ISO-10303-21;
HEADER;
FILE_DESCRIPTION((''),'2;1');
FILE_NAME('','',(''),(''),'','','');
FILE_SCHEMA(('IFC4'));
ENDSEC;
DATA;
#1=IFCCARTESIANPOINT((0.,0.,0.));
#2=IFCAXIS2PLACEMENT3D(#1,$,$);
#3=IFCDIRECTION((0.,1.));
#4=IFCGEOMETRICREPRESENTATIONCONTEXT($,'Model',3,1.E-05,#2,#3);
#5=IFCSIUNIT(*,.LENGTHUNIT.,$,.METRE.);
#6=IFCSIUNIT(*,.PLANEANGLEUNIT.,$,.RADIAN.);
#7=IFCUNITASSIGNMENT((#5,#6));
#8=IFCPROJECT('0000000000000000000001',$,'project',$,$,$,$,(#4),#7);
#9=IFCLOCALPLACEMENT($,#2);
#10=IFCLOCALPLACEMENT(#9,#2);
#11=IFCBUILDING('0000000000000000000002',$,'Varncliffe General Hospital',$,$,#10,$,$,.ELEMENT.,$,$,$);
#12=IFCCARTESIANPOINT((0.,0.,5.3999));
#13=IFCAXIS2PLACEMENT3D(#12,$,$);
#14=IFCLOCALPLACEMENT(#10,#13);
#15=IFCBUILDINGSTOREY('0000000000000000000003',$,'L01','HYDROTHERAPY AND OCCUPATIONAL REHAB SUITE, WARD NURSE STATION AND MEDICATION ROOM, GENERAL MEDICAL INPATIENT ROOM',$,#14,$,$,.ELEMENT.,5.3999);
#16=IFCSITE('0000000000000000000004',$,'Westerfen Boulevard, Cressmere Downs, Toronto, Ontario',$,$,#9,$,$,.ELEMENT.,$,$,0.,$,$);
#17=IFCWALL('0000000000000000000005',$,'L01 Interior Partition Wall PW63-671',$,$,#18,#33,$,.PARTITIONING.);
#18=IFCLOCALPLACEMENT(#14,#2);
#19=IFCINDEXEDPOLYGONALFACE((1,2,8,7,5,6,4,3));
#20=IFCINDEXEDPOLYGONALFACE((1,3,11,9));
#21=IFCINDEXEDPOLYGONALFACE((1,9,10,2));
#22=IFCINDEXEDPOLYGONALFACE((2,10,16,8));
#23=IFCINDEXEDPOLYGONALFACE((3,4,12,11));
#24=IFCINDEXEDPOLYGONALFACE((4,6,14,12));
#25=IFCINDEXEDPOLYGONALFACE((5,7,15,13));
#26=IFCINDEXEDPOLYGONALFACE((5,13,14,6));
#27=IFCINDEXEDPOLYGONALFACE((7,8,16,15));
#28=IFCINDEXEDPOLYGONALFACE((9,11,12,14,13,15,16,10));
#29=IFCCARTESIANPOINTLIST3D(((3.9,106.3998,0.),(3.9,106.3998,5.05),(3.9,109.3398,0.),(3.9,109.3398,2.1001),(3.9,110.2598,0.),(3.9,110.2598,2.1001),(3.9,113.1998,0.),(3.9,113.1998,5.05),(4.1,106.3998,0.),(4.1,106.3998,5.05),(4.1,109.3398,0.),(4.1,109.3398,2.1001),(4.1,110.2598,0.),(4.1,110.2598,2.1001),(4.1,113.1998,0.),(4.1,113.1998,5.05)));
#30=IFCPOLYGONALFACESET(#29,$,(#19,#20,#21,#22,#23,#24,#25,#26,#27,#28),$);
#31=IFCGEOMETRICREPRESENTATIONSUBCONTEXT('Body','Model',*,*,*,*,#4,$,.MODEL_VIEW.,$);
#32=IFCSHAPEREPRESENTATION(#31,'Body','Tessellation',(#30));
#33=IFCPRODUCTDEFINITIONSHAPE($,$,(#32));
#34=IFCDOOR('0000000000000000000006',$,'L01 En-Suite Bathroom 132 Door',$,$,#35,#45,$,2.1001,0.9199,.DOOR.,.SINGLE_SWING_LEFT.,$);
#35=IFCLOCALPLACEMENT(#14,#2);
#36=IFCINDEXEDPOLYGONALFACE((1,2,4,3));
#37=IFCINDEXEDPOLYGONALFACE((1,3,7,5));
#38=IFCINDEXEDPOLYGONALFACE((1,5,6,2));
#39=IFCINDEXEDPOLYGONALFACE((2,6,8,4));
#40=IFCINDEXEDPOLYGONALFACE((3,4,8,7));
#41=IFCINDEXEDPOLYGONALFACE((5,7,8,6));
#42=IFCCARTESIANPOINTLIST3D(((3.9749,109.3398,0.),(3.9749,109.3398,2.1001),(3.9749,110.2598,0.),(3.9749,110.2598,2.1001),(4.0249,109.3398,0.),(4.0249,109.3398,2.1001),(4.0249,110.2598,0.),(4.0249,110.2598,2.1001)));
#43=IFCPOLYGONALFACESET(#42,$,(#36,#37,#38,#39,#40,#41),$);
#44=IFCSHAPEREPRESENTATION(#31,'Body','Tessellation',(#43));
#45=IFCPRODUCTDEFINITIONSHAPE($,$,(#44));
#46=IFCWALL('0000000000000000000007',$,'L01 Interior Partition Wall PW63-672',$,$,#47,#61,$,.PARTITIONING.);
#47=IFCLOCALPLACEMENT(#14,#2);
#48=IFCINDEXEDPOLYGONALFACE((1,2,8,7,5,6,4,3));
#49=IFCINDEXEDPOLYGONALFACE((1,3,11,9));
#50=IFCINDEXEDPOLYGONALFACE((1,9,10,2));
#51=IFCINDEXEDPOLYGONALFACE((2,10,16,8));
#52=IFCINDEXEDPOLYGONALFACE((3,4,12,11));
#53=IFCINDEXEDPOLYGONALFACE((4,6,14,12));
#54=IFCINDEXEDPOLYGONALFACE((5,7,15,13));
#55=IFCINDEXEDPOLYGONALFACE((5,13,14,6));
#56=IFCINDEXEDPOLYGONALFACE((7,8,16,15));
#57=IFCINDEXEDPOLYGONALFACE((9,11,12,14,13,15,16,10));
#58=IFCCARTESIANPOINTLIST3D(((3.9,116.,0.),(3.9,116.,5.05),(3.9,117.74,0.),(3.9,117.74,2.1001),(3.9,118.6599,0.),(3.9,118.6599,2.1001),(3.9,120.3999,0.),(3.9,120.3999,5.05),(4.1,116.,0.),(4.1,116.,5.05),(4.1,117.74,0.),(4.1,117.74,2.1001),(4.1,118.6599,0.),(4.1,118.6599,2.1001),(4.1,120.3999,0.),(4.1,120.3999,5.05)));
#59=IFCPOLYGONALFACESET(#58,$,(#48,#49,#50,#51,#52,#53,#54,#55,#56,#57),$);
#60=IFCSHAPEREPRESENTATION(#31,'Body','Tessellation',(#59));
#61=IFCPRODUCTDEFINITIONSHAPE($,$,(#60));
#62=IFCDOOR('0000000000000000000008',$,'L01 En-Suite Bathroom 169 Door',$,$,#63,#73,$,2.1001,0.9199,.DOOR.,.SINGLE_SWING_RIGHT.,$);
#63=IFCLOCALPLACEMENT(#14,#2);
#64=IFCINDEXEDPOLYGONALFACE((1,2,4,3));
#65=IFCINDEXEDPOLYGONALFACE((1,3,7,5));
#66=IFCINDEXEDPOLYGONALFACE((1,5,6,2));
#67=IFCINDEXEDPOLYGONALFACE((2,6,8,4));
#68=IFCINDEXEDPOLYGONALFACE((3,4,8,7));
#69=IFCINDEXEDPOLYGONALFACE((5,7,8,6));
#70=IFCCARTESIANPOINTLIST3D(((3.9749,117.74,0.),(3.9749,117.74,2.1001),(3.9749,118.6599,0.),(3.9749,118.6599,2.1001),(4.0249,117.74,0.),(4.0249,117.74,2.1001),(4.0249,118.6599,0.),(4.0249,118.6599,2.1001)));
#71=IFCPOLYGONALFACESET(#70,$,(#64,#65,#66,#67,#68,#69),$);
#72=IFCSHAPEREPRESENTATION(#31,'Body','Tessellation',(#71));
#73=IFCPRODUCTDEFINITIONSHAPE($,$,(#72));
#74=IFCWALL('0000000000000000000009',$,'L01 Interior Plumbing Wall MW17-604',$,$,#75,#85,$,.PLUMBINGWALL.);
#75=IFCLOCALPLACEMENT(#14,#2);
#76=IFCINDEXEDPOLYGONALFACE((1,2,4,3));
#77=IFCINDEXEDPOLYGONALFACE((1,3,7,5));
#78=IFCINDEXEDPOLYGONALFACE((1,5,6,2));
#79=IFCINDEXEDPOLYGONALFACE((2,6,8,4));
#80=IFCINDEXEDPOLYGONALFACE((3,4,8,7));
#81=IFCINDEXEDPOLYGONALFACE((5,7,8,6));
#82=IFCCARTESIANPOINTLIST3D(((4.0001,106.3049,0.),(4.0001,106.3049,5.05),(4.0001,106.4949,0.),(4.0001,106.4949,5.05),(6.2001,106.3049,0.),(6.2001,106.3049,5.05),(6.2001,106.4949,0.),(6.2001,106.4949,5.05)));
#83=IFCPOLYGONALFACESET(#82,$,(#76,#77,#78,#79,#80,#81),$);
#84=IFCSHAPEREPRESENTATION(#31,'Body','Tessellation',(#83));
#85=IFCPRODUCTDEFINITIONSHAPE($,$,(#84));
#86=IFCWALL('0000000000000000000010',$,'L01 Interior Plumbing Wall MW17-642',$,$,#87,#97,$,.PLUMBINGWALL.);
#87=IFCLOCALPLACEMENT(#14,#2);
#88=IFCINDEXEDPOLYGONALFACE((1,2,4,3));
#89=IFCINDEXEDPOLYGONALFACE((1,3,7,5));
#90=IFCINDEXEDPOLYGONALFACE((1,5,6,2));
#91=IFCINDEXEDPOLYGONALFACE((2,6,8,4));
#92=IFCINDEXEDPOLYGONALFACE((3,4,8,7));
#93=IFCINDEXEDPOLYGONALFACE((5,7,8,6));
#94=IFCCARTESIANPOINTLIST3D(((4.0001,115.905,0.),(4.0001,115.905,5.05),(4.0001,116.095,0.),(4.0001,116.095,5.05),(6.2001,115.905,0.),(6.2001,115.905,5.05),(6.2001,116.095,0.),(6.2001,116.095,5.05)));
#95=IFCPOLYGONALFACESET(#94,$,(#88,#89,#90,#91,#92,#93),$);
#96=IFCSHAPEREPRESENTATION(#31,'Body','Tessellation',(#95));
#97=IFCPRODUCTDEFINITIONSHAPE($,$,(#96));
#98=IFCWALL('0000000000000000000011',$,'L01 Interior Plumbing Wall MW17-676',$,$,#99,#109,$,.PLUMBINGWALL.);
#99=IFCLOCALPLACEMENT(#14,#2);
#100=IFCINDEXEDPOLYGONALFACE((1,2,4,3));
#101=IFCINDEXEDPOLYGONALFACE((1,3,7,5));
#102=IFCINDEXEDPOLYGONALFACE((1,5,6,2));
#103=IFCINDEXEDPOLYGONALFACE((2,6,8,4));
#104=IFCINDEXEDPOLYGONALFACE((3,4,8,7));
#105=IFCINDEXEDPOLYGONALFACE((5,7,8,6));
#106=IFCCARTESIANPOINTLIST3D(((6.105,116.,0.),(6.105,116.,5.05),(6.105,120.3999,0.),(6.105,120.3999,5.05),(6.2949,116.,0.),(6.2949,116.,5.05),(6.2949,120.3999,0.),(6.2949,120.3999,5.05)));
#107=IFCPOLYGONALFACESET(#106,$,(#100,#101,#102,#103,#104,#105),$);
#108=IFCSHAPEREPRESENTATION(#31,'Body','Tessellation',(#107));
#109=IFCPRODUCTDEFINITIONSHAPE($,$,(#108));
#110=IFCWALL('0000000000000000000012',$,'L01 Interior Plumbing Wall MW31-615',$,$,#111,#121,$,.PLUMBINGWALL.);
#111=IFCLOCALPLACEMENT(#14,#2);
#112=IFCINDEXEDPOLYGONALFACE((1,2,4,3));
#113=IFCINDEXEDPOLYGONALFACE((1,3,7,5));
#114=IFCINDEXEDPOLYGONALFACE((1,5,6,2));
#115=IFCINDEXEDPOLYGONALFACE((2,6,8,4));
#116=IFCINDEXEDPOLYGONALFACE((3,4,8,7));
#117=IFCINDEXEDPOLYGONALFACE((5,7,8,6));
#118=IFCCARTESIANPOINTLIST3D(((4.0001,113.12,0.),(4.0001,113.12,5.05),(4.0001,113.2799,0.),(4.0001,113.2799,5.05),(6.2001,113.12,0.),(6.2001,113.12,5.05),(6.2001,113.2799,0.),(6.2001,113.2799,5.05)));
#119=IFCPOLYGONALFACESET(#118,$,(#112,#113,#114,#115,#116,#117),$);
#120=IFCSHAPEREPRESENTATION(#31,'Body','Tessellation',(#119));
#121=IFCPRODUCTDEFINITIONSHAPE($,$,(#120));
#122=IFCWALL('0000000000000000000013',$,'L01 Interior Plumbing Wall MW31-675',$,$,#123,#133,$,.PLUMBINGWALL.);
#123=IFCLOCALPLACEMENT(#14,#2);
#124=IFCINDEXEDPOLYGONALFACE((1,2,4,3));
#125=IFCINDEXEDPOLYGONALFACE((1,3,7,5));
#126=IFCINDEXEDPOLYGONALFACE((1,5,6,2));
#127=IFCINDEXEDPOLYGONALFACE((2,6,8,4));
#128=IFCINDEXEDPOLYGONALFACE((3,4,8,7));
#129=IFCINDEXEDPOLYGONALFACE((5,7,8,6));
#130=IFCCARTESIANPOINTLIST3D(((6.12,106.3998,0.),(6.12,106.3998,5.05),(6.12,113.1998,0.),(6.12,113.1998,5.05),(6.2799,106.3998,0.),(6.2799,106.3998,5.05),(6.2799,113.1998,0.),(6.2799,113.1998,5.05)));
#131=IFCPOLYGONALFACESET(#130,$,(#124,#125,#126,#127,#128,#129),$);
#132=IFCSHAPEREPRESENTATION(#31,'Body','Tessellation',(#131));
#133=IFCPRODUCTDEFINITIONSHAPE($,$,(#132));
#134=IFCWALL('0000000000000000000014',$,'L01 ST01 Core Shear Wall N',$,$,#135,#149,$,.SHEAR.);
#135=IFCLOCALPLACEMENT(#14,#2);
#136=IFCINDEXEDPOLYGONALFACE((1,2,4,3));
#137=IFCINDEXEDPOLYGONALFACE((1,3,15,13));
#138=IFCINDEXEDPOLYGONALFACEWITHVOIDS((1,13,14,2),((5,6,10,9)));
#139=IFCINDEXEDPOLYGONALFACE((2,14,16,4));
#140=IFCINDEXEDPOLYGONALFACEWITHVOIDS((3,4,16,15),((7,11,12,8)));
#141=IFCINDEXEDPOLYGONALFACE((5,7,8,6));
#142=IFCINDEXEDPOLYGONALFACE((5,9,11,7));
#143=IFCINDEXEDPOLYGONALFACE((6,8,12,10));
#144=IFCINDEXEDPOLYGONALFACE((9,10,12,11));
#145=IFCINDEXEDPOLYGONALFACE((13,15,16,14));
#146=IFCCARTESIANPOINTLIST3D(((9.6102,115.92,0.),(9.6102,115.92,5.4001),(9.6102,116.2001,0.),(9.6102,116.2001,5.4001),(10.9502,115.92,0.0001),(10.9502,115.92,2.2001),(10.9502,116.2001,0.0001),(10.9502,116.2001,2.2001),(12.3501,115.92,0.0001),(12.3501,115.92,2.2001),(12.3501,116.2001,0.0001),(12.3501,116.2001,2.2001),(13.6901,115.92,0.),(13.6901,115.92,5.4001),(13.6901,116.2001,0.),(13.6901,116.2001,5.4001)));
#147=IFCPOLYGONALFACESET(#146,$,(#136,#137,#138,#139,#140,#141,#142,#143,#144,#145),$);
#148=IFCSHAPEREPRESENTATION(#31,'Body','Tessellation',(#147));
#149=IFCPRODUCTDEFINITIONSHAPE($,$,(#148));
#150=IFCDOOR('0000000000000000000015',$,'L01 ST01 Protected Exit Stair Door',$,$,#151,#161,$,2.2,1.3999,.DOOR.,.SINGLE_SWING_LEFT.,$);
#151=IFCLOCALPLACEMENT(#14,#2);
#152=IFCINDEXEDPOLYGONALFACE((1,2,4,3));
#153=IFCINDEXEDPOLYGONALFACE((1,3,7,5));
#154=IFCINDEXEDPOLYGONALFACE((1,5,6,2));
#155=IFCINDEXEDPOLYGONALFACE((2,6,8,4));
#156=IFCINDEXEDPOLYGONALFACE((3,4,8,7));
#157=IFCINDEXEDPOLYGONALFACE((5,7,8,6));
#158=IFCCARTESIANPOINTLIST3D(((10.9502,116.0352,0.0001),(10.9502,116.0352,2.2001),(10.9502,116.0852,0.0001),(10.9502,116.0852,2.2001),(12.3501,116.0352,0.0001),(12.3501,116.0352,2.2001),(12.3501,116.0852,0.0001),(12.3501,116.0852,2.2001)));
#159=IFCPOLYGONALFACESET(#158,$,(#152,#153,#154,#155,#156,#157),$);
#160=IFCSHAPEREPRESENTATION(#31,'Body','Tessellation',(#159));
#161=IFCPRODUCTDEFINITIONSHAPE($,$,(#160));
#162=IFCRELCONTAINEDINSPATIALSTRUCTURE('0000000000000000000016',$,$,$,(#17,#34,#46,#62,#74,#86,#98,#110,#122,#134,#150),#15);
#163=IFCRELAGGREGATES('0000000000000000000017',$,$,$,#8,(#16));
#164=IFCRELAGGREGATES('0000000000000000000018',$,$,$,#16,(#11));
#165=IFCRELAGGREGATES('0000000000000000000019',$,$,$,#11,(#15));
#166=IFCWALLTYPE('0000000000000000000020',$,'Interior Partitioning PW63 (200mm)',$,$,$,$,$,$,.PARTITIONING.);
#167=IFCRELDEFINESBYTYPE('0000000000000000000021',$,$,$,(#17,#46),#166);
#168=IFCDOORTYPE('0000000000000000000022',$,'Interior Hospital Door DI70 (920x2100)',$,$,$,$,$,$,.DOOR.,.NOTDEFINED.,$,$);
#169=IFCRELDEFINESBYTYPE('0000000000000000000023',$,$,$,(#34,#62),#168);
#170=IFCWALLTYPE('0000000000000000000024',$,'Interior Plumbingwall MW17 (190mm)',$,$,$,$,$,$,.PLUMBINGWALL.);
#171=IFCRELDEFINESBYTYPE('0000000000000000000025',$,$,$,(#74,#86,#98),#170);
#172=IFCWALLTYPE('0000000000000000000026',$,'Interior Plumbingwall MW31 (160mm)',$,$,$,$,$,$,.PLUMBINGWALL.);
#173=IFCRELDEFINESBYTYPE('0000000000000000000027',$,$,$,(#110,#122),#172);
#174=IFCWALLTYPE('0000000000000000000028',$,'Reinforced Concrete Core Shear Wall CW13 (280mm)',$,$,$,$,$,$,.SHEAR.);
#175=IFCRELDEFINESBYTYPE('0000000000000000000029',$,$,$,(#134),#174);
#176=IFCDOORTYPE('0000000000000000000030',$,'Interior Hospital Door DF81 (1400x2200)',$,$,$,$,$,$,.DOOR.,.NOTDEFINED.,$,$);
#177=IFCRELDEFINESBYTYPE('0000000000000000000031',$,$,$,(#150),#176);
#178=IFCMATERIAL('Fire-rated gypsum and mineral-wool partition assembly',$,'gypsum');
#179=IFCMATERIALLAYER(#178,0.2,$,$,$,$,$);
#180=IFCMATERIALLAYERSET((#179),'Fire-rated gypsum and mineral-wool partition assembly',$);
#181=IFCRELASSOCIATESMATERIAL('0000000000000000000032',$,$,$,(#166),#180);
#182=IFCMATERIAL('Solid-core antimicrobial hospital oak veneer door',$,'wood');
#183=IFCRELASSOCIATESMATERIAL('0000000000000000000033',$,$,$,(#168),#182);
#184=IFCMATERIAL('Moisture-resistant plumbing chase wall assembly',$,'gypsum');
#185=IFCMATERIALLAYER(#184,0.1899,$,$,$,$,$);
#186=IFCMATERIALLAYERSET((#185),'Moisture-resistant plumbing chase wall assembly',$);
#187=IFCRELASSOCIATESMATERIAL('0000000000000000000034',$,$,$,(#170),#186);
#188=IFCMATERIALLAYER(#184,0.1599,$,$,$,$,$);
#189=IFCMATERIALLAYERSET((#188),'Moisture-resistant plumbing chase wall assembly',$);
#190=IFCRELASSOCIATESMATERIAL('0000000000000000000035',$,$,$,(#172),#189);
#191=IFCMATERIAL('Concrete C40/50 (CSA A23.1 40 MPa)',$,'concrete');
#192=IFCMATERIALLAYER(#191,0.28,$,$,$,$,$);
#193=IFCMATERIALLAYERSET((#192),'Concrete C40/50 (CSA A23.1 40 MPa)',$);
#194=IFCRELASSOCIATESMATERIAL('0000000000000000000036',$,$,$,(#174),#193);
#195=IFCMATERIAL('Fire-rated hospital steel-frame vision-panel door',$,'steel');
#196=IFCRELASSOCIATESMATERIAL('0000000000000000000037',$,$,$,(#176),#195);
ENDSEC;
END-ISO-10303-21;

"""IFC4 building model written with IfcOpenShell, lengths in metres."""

from ifc_helpers import new_model, si_unit, direction, frame, frame_2d, origin, place, context, subcontext, project, spatial, rectangle, extrude, material, layer, layer_set, type_object, element, fill, save


model = new_model("IFC4")

# Units and contexts
model_context = context("Model", 3, precision=1e-05, world=origin(), true_north=direction((0.0, 1.0)))
body_context = subcontext(model_context, "Body", "Model", "MODEL_VIEW")
ifc_project = project(units=[si_unit("LENGTHUNIT", "METRE"), si_unit("PLANEANGLEUNIT", "RADIAN")], contexts=[model_context])

# Site, building, storey
site_placement = place(None, origin())
site = spatial("IfcSite", under=ifc_project, at=site_placement, Name="Westerfen Boulevard, Cressmere Downs, Toronto, Ontario", CompositionType="ELEMENT", RefElevation=0.0)
building_placement = place(site_placement, origin())
building = spatial("IfcBuilding", under=site, at=building_placement, Name="Varncliffe General Hospital", CompositionType="ELEMENT")
storey_placement = place(building_placement, frame((0.0, 0.0, 5.3999)))
storey = spatial("IfcBuildingStorey", under=building, at=storey_placement, Name="L01", Description="HYDROTHERAPY AND OCCUPATIONAL REHAB SUITE, WARD NURSE STATION AND MEDICATION ROOM, GENERAL MEDICAL INPATIENT ROOM", CompositionType="ELEMENT", Elevation=5.3999)

# Shared definitions
ifc_material_1 = material(Name="Concrete C40/50 (CSA A23.1 40 MPa)", Category="concrete")

# Walls, openings, doors
ifc_material_2 = material(Name="Fire-rated gypsum and mineral-wool partition assembly", Category="gypsum")
ifc_layer_1 = layer(ifc_material_2, 0.2)
ifc_layer_set_1 = layer_set([ifc_layer_1], Name="Fire-rated gypsum and mineral-wool partition assembly")
wall_type_1 = type_object("IfcWallType", Name="Interior Partitioning PW63 (200mm)", PredefinedType="PARTITIONING", material=ifc_layer_set_1)
ifc_material_3 = material(Name="Fire-rated hospital steel-frame vision-panel door", Category="steel")
wall_1_placement = place(storey_placement, frame((4.0, 106.3999, 0.0), z_axis=(0.0, 0.0, 1.0), x_axis=(0.0, 1.0, 0.0)))
wall_1 = element("IfcWall", 1, at=wall_1_placement, inside=storey, type_object=wall_type_1, Name="L01 Interior Partition Wall PW63-671", PredefinedType="PARTITIONING", context=body_context, shape_type="SweptSolid", body=[
    extrude(rectangle(XDim=6.8, YDim=0.2, at=frame_2d((3.3999, 0.0))), origin(), (0.0, 0.0, 1.0), 5.05),
])
opening_1_placement = place(wall_1_placement, frame((2.9399, 0.0, 0.0)))
opening_1 = element("IfcOpeningElement", 2, at=opening_1_placement, cuts=wall_1, PredefinedType="OPENING", context=body_context, shape_type="SweptSolid", body=[
    extrude(rectangle(XDim=0.9199, YDim=2.1001, at=frame_2d((0.46, 1.05))), frame((0.0, 0.1099, 0.0), z_axis=(0.0, -1.0, 0.0), x_axis=(1.0, 0.0, 0.0)), (0.0, 0.0, 1.0), 0.22),
])
ifc_material_4 = material(Name="Solid-core antimicrobial hospital oak veneer door", Category="wood")
door_type_1 = type_object("IfcDoorType", Name="Interior Hospital Door DI70 (920x2100)", OperationType="NOTDEFINED", PredefinedType="DOOR", material=ifc_material_4)
door_1_placement = place(opening_1_placement, frame((0.9199, 0.0, 0.0), z_axis=(0.0, 0.0, 1.0), x_axis=(-1.0, 0.0, 0.0)))
door_1 = element("IfcDoor", 3, at=door_1_placement, inside=storey, type_object=door_type_1, Name="L01 En-Suite Bathroom 132 Door", OperationType="SINGLE_SWING_LEFT", OverallHeight=2.1001, OverallWidth=0.9199, PredefinedType="DOOR", context=body_context, shape_type="SweptSolid", body=[
    extrude(rectangle(XDim=0.9199, YDim=2.1001, at=frame_2d((0.46, 1.05))), frame((0.0, 0.0249, 0.0), z_axis=(0.0, -1.0, 0.0), x_axis=(1.0, 0.0, 0.0)), (0.0, 0.0, 1.0), 0.05),
])
fill(opening_1, door_1)
wall_2_placement = place(storey_placement, frame((4.0, 116.0, 0.0), z_axis=(0.0, 0.0, 1.0), x_axis=(0.0, 1.0, 0.0)))
wall_2 = element("IfcWall", 4, at=wall_2_placement, inside=storey, type_object=wall_type_1, Name="L01 Interior Partition Wall PW63-672", PredefinedType="PARTITIONING", context=body_context, shape_type="SweptSolid", body=[
    extrude(rectangle(XDim=4.3999, YDim=0.2, at=frame_2d((2.2, 0.0))), origin(), (0.0, 0.0, 1.0), 5.05),
])
opening_2_placement = place(wall_2_placement, frame((1.74, 0.0, 0.0)))
opening_2 = element("IfcOpeningElement", 5, at=opening_2_placement, cuts=wall_2, PredefinedType="OPENING", context=body_context, shape_type="SweptSolid", body=[
    extrude(rectangle(XDim=0.9199, YDim=2.1001, at=frame_2d((0.46, 1.05))), frame((0.0, 0.1099, 0.0), z_axis=(0.0, -1.0, 0.0), x_axis=(1.0, 0.0, 0.0)), (0.0, 0.0, 1.0), 0.22),
])
door_2_placement = place(opening_2_placement, frame((0.9199, 0.0, 0.0), z_axis=(0.0, 0.0, 1.0), x_axis=(-1.0, 0.0, 0.0)))
door_2 = element("IfcDoor", 6, at=door_2_placement, inside=storey, type_object=door_type_1, Name="L01 En-Suite Bathroom 169 Door", OperationType="SINGLE_SWING_RIGHT", OverallHeight=2.1001, OverallWidth=0.9199, PredefinedType="DOOR", context=body_context, shape_type="SweptSolid", body=[
    extrude(rectangle(XDim=0.9199, YDim=2.1001, at=frame_2d((0.46, 1.05))), frame((0.0, 0.0249, 0.0), z_axis=(0.0, -1.0, 0.0), x_axis=(1.0, 0.0, 0.0)), (0.0, 0.0, 1.0), 0.05),
])
fill(opening_2, door_2)

# Walls
ifc_material_5 = material(Name="Moisture-resistant plumbing chase wall assembly", Category="gypsum")
ifc_layer_2 = layer(ifc_material_5, 0.1899)
ifc_layer_set_2 = layer_set([ifc_layer_2], Name="Moisture-resistant plumbing chase wall assembly")
wall_type_2 = type_object("IfcWallType", Name="Interior Plumbingwall MW17 (190mm)", PredefinedType="PLUMBINGWALL", material=ifc_layer_set_2)
for number, where, z_axis, x_axis, name in (
    (7, (4.0, 106.3999, 0.0), (0.0, 0.0, 1.0), (1.0, 0.0, 0.0), "L01 Interior Plumbing Wall MW17-604"),
    (8, (4.0, 116.0, 0.0), (0.0, 0.0, 1.0), (1.0, 0.0, 0.0), "L01 Interior Plumbing Wall MW17-642"),
):
    element("IfcWall", number, at=place(storey_placement, frame(where, z_axis=z_axis, x_axis=x_axis)), inside=storey, type_object=wall_type_2, Name=name, PredefinedType="PLUMBINGWALL", context=body_context, shape_type="SweptSolid", body=[
        extrude(rectangle(XDim=2.2, YDim=0.1899, at=frame_2d((1.1001, 0.0))), origin(), (0.0, 0.0, 1.0), 5.05),
    ])
wall_3_placement = place(storey_placement, frame((6.2, 116.0, 0.0), z_axis=(0.0, 0.0, 1.0), x_axis=(0.0, 1.0, 0.0)))
element("IfcWall", 9, at=wall_3_placement, inside=storey, type_object=wall_type_2, Name="L01 Interior Plumbing Wall MW17-676", PredefinedType="PLUMBINGWALL", context=body_context, shape_type="SweptSolid", body=[
    extrude(rectangle(XDim=4.3999, YDim=0.1899, at=frame_2d((2.2, 0.0))), origin(), (0.0, 0.0, 1.0), 5.05),
])
ifc_layer_3 = layer(ifc_material_5, 0.1599)
ifc_layer_set_3 = layer_set([ifc_layer_3], Name="Moisture-resistant plumbing chase wall assembly")
wall_type_3 = type_object("IfcWallType", Name="Interior Plumbingwall MW31 (160mm)", PredefinedType="PLUMBINGWALL", material=ifc_layer_set_3)
wall_4_placement = place(storey_placement, frame((4.0, 113.2, 0.0), z_axis=(0.0, 0.0, 1.0), x_axis=(1.0, 0.0, 0.0)))
element("IfcWall", 10, at=wall_4_placement, inside=storey, type_object=wall_type_3, Name="L01 Interior Plumbing Wall MW31-615", PredefinedType="PLUMBINGWALL", context=body_context, shape_type="SweptSolid", body=[
    extrude(rectangle(XDim=2.2, YDim=0.1599, at=frame_2d((1.1001, 0.0))), origin(), (0.0, 0.0, 1.0), 5.05),
])
wall_5_placement = place(storey_placement, frame((6.2, 106.3999, 0.0), z_axis=(0.0, 0.0, 1.0), x_axis=(0.0, 1.0, 0.0)))
element("IfcWall", 11, at=wall_5_placement, inside=storey, type_object=wall_type_3, Name="L01 Interior Plumbing Wall MW31-675", PredefinedType="PLUMBINGWALL", context=body_context, shape_type="SweptSolid", body=[
    extrude(rectangle(XDim=6.8, YDim=0.1599, at=frame_2d((3.3999, 0.0))), origin(), (0.0, 0.0, 1.0), 5.05),
])

# Wall, opening, door
ifc_layer_4 = layer(ifc_material_1, 0.28)
ifc_layer_set_4 = layer_set([ifc_layer_4], Name="Concrete C40/50 (CSA A23.1 40 MPa)")
wall_type_4 = type_object("IfcWallType", Name="Reinforced Concrete Core Shear Wall CW13 (280mm)", PredefinedType="SHEAR", material=ifc_layer_set_4)
wall_6_placement = place(storey_placement, frame((9.6101, 116.0601, 0.0), z_axis=(0.0, 0.0, 1.0), x_axis=(1.0, 0.0, 0.0)))
wall_6 = element("IfcWall", 12, at=wall_6_placement, inside=storey, type_object=wall_type_4, Name="L01 ST01 Core Shear Wall N", PredefinedType="SHEAR", context=body_context, shape_type="SweptSolid", body=[
    extrude(rectangle(XDim=4.0798, YDim=0.28, at=frame_2d((2.04, 0.0))), origin(), (0.0, 0.0, 1.0), 5.4001),
])
opening_3_placement = place(wall_6_placement, frame((1.3401, 0.0, 0.0)))
opening_3 = element("IfcOpeningElement", 13, at=opening_3_placement, cuts=wall_6, PredefinedType="OPENING", context=body_context, shape_type="SweptSolid", body=[
    extrude(rectangle(XDim=1.3999, YDim=2.2, at=frame_2d((0.7, 1.1001))), frame((0.0, 0.1499, 0.0), z_axis=(0.0, -1.0, 0.0), x_axis=(1.0, 0.0, 0.0)), (0.0, 0.0, 1.0), 0.3),
])
door_type_2 = type_object("IfcDoorType", Name="Interior Hospital Door DF81 (1400x2200)", OperationType="NOTDEFINED", PredefinedType="DOOR", material=ifc_material_3)
door_3_placement = place(opening_3_placement, frame((1.3999, 0.0, 0.0), z_axis=(0.0, 0.0, 1.0), x_axis=(-1.0, 0.0, 0.0)))
door_3 = element("IfcDoor", 14, at=door_3_placement, inside=storey, type_object=door_type_2, Name="L01 ST01 Protected Exit Stair Door", OperationType="SINGLE_SWING_LEFT", OverallHeight=2.2, OverallWidth=1.3999, PredefinedType="DOOR", context=body_context, shape_type="SweptSolid", body=[
    extrude(rectangle(XDim=1.3999, YDim=2.2, at=frame_2d((0.7, 1.1001))), frame((0.0, 0.0249, 0.0), z_axis=(0.0, -1.0, 0.0), x_axis=(1.0, 0.0, 0.0)), (0.0, 0.0, 1.0), 0.05),
])
fill(opening_3, door_3)

save(model, "model.ifc")
